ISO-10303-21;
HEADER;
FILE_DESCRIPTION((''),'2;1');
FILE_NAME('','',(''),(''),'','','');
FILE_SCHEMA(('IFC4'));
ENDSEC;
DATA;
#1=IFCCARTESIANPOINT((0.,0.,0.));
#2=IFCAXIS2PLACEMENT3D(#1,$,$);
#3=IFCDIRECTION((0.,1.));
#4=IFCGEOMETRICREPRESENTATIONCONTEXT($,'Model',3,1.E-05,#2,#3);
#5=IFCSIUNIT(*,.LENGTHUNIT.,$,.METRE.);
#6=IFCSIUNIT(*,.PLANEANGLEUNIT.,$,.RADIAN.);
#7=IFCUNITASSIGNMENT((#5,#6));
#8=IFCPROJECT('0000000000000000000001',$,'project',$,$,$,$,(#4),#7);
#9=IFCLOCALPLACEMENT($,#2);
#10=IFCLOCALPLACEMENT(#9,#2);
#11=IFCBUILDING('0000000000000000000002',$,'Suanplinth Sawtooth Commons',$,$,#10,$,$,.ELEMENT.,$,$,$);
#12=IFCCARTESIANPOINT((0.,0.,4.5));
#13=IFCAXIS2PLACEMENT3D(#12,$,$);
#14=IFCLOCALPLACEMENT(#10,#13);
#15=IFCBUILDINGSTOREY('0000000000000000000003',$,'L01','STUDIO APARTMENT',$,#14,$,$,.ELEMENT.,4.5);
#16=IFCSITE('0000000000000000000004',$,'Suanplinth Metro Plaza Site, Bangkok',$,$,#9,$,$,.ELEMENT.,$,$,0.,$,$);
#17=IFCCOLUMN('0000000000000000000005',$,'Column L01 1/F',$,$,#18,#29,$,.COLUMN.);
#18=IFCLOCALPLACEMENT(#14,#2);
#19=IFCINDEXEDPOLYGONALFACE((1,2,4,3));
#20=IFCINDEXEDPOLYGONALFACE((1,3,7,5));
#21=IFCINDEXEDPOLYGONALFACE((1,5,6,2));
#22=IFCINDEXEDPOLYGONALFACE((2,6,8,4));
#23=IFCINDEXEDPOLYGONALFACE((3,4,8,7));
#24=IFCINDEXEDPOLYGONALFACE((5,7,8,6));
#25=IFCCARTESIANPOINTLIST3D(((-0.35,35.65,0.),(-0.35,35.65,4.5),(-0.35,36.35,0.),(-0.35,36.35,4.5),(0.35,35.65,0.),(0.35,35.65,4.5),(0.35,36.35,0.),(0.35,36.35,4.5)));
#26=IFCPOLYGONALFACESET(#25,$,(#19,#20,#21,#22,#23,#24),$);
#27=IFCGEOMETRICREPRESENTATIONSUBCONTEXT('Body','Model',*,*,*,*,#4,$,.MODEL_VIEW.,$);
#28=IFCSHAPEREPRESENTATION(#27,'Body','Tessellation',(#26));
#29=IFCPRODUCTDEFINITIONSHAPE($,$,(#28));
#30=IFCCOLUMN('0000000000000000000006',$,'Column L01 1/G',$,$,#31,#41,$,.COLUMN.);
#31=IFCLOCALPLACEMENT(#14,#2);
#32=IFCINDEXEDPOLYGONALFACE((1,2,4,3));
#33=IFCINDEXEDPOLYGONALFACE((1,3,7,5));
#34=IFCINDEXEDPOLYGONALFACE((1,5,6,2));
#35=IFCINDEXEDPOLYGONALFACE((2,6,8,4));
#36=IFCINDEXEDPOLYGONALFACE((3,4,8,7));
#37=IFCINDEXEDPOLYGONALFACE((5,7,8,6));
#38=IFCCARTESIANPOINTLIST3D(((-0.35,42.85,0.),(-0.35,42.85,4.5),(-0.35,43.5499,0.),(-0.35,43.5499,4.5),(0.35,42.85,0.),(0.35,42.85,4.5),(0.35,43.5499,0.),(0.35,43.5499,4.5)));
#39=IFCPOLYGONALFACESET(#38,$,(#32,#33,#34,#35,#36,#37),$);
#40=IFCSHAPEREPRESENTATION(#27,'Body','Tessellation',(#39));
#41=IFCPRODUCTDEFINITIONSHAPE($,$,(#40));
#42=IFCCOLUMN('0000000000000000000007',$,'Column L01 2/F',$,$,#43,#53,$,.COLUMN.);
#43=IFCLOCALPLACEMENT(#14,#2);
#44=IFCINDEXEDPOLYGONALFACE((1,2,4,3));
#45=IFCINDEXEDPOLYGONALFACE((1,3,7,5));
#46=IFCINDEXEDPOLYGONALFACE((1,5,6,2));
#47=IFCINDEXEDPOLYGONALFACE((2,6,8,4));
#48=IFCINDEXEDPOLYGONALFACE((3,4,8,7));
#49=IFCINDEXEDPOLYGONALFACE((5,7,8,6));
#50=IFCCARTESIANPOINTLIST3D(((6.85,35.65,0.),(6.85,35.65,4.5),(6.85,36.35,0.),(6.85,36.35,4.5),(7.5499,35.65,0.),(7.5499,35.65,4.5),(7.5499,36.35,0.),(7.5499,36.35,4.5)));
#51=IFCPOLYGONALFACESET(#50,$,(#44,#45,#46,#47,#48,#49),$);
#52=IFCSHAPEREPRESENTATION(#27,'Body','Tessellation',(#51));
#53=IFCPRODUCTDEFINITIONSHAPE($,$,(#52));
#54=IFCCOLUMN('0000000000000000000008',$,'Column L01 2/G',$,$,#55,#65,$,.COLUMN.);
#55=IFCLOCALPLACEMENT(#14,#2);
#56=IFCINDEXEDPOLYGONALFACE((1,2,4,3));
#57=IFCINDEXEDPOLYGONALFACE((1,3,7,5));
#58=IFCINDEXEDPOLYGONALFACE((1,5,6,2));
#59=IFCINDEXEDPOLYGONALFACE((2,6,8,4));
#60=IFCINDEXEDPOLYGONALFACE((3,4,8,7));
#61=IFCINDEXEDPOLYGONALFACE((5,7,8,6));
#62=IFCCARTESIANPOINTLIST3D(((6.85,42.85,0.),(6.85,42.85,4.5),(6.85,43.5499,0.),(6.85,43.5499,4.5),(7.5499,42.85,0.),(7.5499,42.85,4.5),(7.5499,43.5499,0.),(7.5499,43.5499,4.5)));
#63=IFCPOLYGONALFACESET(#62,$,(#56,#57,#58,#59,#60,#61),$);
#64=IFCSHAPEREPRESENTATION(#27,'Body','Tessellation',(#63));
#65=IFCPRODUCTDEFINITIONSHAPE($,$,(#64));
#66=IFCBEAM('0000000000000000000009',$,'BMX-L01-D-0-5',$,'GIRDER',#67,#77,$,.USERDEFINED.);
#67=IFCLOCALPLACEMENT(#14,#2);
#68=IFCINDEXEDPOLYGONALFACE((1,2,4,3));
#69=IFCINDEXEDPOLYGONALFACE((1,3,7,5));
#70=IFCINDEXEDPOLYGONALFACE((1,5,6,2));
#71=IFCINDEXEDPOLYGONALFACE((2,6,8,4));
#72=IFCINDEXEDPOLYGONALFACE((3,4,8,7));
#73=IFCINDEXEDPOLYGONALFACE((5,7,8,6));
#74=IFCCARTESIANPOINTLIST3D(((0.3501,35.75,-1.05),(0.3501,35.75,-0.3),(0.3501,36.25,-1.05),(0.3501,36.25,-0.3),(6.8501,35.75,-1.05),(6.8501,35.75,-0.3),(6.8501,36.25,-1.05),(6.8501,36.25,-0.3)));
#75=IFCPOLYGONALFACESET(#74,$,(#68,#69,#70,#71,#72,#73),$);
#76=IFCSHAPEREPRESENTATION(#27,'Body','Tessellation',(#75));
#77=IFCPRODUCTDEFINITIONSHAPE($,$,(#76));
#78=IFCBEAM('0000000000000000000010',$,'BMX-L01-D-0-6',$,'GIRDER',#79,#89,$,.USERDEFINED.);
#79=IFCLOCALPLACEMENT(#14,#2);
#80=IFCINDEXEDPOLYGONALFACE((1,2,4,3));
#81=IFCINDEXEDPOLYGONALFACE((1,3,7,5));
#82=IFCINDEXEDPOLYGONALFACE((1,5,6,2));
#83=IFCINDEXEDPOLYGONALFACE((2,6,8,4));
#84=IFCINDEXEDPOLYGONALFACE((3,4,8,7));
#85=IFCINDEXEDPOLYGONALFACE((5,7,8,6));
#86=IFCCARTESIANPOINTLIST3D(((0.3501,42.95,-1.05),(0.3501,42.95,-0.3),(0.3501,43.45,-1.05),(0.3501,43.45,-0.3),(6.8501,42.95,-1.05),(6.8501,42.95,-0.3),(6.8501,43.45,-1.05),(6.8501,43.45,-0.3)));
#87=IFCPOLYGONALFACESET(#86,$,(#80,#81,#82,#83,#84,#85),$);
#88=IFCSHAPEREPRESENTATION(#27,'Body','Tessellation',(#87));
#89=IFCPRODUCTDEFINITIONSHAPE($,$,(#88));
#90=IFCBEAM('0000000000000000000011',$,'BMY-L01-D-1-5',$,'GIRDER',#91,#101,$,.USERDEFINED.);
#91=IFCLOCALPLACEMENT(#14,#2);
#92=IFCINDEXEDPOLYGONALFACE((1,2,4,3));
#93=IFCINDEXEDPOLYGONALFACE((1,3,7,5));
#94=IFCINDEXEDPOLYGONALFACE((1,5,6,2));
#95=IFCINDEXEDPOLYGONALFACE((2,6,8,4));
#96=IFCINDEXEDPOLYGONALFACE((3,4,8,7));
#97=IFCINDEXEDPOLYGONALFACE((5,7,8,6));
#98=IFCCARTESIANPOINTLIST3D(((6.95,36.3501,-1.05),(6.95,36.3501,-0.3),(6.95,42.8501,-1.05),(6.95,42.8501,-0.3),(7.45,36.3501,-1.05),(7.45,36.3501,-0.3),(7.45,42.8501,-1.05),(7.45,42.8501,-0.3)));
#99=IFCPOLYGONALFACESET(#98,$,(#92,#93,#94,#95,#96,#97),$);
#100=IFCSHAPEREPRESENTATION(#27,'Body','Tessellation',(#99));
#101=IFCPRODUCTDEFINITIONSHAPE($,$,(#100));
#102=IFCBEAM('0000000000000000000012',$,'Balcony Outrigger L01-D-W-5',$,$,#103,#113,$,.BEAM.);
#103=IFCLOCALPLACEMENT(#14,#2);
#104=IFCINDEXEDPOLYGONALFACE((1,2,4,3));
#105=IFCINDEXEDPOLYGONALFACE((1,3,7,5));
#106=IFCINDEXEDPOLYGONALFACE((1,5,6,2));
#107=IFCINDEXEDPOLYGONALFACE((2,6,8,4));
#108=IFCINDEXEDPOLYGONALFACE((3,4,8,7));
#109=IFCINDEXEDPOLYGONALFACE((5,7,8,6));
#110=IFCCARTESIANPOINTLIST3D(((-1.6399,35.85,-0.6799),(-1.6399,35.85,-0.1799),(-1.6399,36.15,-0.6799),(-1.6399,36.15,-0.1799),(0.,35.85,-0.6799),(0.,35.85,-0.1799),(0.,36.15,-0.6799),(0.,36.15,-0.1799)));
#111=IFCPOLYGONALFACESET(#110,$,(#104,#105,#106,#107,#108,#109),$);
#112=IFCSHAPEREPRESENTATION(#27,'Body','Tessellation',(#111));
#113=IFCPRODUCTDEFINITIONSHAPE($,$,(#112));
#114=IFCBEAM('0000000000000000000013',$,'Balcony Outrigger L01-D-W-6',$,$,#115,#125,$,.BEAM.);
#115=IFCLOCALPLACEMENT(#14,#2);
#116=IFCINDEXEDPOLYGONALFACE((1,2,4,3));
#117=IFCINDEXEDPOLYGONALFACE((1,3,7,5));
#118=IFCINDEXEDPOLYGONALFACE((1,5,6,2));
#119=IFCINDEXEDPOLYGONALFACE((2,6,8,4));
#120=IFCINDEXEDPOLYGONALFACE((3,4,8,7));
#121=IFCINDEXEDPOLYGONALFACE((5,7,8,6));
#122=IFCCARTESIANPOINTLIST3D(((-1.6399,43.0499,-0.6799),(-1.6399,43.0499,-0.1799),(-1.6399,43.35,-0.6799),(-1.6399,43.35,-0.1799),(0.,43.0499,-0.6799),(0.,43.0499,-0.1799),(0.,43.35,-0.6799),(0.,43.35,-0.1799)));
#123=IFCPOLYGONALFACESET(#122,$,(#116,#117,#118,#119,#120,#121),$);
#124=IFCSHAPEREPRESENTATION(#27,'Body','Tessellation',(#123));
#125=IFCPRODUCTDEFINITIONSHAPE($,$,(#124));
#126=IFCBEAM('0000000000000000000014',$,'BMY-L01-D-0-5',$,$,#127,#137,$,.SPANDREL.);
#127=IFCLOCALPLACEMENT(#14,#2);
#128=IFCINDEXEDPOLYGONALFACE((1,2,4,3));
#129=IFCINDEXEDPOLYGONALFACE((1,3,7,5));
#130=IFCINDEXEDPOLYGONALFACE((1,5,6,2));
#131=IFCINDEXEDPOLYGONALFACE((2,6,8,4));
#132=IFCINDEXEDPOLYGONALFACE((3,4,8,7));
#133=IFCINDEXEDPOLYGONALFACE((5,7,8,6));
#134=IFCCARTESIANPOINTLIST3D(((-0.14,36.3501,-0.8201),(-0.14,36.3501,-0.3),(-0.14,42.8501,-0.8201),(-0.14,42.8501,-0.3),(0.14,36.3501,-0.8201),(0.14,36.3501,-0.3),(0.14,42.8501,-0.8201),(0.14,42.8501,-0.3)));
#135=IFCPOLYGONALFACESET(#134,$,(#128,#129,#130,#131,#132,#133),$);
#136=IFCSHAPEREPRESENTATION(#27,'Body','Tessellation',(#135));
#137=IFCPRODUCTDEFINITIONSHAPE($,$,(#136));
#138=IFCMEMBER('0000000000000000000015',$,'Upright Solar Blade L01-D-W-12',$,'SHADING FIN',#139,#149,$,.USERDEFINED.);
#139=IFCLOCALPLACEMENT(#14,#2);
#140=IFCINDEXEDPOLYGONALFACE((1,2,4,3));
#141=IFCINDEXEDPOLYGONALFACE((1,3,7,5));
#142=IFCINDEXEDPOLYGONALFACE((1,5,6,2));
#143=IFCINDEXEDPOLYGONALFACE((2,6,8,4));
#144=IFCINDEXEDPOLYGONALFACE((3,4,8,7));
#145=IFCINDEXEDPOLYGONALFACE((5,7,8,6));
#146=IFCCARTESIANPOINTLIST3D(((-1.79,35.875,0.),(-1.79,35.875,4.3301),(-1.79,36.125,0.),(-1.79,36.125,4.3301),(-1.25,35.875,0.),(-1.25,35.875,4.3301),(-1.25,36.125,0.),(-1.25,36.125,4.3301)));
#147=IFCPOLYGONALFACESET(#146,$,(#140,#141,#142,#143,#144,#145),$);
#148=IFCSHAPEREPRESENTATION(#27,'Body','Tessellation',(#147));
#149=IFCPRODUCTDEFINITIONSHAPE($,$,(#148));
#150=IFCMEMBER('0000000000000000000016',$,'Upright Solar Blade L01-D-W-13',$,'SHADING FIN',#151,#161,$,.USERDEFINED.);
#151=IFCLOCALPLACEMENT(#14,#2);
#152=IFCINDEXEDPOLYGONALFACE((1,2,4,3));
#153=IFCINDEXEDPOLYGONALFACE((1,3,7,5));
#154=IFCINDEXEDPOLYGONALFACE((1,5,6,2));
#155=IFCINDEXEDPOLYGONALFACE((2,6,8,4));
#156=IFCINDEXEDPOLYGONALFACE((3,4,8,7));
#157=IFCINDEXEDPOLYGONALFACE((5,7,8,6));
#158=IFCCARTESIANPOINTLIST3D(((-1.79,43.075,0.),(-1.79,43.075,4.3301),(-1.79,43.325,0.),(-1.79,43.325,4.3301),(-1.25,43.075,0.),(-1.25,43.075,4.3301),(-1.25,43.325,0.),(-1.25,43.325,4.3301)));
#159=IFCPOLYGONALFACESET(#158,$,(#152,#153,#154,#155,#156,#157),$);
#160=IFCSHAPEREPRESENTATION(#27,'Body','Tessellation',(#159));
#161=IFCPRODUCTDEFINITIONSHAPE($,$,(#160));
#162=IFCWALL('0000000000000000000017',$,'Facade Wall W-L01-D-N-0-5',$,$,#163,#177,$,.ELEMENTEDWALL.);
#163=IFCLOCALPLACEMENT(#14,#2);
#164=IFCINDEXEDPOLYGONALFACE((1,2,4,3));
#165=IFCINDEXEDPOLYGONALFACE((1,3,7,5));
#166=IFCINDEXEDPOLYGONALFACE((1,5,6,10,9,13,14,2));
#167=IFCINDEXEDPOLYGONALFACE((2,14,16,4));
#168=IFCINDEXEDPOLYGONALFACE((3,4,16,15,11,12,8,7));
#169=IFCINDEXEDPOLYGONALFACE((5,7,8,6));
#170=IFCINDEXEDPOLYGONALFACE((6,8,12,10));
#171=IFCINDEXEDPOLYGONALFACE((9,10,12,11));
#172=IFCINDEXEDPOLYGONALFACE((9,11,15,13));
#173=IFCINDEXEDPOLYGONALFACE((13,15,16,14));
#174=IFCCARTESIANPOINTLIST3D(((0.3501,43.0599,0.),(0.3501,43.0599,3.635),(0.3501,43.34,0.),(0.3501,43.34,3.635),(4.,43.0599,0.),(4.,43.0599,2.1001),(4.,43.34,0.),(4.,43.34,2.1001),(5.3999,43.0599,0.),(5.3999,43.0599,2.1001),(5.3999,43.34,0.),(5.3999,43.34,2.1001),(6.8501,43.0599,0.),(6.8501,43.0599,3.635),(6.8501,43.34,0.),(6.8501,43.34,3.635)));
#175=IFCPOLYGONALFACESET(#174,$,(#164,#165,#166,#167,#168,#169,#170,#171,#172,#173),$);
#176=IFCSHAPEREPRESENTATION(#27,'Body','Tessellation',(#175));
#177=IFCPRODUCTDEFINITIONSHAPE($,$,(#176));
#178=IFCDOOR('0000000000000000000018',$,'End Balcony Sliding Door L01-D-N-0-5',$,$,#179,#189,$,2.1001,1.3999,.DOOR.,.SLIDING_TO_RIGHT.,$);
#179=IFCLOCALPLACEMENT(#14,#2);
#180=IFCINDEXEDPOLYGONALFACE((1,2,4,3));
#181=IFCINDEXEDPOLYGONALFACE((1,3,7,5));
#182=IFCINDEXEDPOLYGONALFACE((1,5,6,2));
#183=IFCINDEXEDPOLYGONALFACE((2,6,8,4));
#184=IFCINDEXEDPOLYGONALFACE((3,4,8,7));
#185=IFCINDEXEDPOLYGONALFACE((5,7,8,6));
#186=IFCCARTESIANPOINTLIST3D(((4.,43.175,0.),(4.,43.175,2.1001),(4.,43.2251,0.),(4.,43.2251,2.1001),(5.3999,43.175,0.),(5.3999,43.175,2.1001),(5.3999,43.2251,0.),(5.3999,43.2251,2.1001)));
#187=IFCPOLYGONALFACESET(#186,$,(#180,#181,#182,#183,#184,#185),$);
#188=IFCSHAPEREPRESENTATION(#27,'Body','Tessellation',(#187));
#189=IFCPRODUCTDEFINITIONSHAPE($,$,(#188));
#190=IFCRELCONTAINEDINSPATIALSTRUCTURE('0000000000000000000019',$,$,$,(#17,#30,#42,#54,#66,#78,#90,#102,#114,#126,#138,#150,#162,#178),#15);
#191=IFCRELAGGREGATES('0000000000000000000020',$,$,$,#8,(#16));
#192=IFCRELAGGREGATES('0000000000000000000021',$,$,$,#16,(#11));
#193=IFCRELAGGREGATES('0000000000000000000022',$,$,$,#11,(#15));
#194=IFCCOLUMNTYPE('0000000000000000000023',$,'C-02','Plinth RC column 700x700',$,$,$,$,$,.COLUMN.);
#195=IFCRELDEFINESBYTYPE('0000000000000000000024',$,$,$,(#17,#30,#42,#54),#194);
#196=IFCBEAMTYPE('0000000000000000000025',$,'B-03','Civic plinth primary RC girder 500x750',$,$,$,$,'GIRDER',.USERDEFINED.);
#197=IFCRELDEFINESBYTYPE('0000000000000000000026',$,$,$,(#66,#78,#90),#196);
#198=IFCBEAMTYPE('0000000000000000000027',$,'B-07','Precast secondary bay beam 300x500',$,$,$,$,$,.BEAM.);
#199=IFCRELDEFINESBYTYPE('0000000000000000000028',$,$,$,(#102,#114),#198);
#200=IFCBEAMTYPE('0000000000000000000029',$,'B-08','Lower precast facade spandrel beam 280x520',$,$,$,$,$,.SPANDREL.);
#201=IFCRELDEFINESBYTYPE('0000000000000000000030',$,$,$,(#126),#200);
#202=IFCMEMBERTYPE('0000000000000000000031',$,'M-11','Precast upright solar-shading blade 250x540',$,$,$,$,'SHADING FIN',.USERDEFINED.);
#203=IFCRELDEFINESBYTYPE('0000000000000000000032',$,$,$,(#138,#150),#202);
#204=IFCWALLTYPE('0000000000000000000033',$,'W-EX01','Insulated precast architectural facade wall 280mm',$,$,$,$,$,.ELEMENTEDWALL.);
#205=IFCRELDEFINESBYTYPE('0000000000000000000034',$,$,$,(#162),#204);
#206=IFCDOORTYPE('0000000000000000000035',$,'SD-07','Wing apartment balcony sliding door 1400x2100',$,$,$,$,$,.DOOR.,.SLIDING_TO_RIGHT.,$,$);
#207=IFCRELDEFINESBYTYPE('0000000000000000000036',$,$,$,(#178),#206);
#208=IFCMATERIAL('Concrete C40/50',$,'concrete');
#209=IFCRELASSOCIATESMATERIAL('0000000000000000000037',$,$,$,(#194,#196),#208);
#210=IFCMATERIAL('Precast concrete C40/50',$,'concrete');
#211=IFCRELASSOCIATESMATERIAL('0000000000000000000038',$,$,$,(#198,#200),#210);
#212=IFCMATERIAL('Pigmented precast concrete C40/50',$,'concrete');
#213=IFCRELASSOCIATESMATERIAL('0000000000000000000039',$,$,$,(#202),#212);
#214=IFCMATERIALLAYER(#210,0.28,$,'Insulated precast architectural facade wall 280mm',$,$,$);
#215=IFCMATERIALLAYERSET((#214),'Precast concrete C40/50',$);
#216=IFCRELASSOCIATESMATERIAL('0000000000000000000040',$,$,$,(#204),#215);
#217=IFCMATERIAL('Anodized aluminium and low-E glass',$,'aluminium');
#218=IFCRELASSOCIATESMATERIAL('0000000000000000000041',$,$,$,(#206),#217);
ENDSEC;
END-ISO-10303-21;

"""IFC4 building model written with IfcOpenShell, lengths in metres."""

from ifc_helpers import new_model, si_unit, direction, frame, frame_2d, origin, origin_2d, place, context, subcontext, project, spatial, rectangle, extrude, material, layer, layer_set, material_profile, profile_set, type_object, element, fill, save


model = new_model("IFC4")

# Units and contexts
model_context = context("Model", 3, precision=1e-05, world=origin(), true_north=direction((0.0, 1.0)))
body_context = subcontext(model_context, "Body", "Model", "MODEL_VIEW")
ifc_project = project(units=[si_unit("LENGTHUNIT", "METRE"), si_unit("PLANEANGLEUNIT", "RADIAN")], contexts=[model_context])

# Site, building, storey
site_placement = place(None, origin())
site = spatial("IfcSite", under=ifc_project, at=site_placement, Name="Suanplinth Metro Plaza Site, Bangkok", CompositionType="ELEMENT", RefElevation=0.0)
building_placement = place(site_placement, origin())
building = spatial("IfcBuilding", under=site, at=building_placement, Name="Suanplinth Sawtooth Commons", CompositionType="ELEMENT")
storey_placement = place(building_placement, frame((0.0, 0.0, 4.5)))
storey = spatial("IfcBuildingStorey", under=building, at=storey_placement, Name="L01", Description="STUDIO APARTMENT", CompositionType="ELEMENT", Elevation=4.5)

# Columns
ifc_material_1 = material(Name="Concrete C40/50", Category="concrete")
ifc_material_profile_1 = material_profile(ifc_material_1, rectangle(XDim=0.7, YDim=0.7, at=origin_2d()), Name="RC-COL 700x700")
ifc_profile_set_1 = profile_set([ifc_material_profile_1], Name="Concrete C40/50")
column_type = type_object("IfcColumnType", Name="C-02", Description="Plinth RC column 700x700", PredefinedType="COLUMN", material=ifc_profile_set_1)
for number, where, z_axis, x_axis, name in (
    (1, (0.0, 36.0, 0.0), (0.0, 0.0, 1.0), (1.0, 0.0, 0.0), "Column L01 1/F"),
    (2, (0.0, 43.2, 0.0), (0.0, 0.0, 1.0), (1.0, 0.0, 0.0), "Column L01 1/G"),
    (3, (7.2, 36.0, 0.0), (0.0, 0.0, 1.0), (1.0, 0.0, 0.0), "Column L01 2/F"),
    (4, (7.2, 43.2, 0.0), (0.0, 0.0, 1.0), (1.0, 0.0, 0.0), "Column L01 2/G"),
):
    element("IfcColumn", number, at=place(storey_placement, frame(where, z_axis=z_axis, x_axis=x_axis)), inside=storey, type_object=column_type, Name=name, PredefinedType="COLUMN", context=body_context, shape_type="SweptSolid", body=[
        extrude(rectangle(XDim=0.7, YDim=0.7, at=origin_2d()), origin(), (0.0, 0.0, 1.0), 4.5),
    ])

# Beams
ifc_material_profile_2 = material_profile(ifc_material_1, rectangle(XDim=0.5, YDim=0.75, at=origin_2d()), Name="RC-GDR 500x750")
ifc_profile_set_2 = profile_set([ifc_material_profile_2], Name="Concrete C40/50")
beam_type_1 = type_object("IfcBeamType", Name="B-03", Description="Civic plinth primary RC girder 500x750", ElementType="GIRDER", PredefinedType="USERDEFINED", material=ifc_profile_set_2)
for number, where, z_axis, x_axis, name in (
    (5, (0.3501, 36.0, -0.675), (1.0, 0.0, 0.0), (0.0, 1.0, 0.0), "BMX-L01-D-0-5"),
    (6, (0.3501, 43.2, -0.675), (1.0, 0.0, 0.0), (0.0, 1.0, 0.0), "BMX-L01-D-0-6"),
    (7, (7.2, 36.3501, -0.675), (0.0, 1.0, 0.0), (-1.0, 0.0, 0.0), "BMY-L01-D-1-5"),
):
    element("IfcBeam", number, at=place(storey_placement, frame(where, z_axis=z_axis, x_axis=x_axis)), inside=storey, type_object=beam_type_1, Name=name, ObjectType="GIRDER", PredefinedType="USERDEFINED", context=body_context, shape_type="SweptSolid", body=[
        extrude(rectangle(XDim=0.5, YDim=0.75, at=origin_2d()), origin(), (0.0, 0.0, 1.0), 6.5),
    ])
ifc_material_2 = material(Name="Precast concrete C40/50", Category="concrete")
ifc_material_profile_3 = material_profile(ifc_material_2, rectangle(XDim=0.3, YDim=0.5, at=origin_2d()), Name="PC-BM 300x500")
ifc_profile_set_3 = profile_set([ifc_material_profile_3], Name="Precast concrete C40/50")
beam_type_2 = type_object("IfcBeamType", Name="B-07", Description="Precast secondary bay beam 300x500", PredefinedType="BEAM", material=ifc_profile_set_3)
for number, where, z_axis, x_axis, name in (
    (8, (0.0, 36.0, -0.4299), (-1.0, 0.0, 0.0), (0.0, -1.0, 0.0), "Balcony Outrigger L01-D-W-5"),
    (9, (0.0, 43.2, -0.4299), (-1.0, 0.0, 0.0), (0.0, -1.0, 0.0), "Balcony Outrigger L01-D-W-6"),
):
    element("IfcBeam", number, at=place(storey_placement, frame(where, z_axis=z_axis, x_axis=x_axis)), inside=storey, type_object=beam_type_2, Name=name, PredefinedType="BEAM", context=body_context, shape_type="SweptSolid", body=[
        extrude(rectangle(XDim=0.3, YDim=0.5, at=origin_2d()), origin(), (0.0, 0.0, 1.0), 1.6399),
    ])
ifc_material_profile_4 = material_profile(ifc_material_2, rectangle(XDim=0.28, YDim=0.52, at=origin_2d()), Name="PC-SP 280x520")
ifc_profile_set_4 = profile_set([ifc_material_profile_4], Name="Precast concrete C40/50")
beam_type_3 = type_object("IfcBeamType", Name="B-08", Description="Lower precast facade spandrel beam 280x520", PredefinedType="SPANDREL", material=ifc_profile_set_4)
beam_placement = place(storey_placement, frame((0.0, 36.3501, -0.5601), z_axis=(0.0, 1.0, 0.0), x_axis=(-1.0, 0.0, 0.0)))
element("IfcBeam", 10, at=beam_placement, inside=storey, type_object=beam_type_3, Name="BMY-L01-D-0-5", PredefinedType="SPANDREL", context=body_context, shape_type="SweptSolid", body=[
    extrude(rectangle(XDim=0.28, YDim=0.52, at=origin_2d()), origin(), (0.0, 0.0, 1.0), 6.5),
])

# Members
ifc_material_3 = material(Name="Pigmented precast concrete C40/50", Category="concrete")
ifc_material_profile_5 = material_profile(ifc_material_3, rectangle(XDim=0.25, YDim=0.54, at=origin_2d()), Name="PC-FIN 250x540")
ifc_profile_set_5 = profile_set([ifc_material_profile_5], Name="Pigmented precast concrete C40/50")
member_type = type_object("IfcMemberType", Name="M-11", Description="Precast upright solar-shading blade 250x540", ElementType="SHADING FIN", PredefinedType="USERDEFINED", material=ifc_profile_set_5)
for number, where, z_axis, x_axis, name in (
    (11, (-1.52, 36.0, 0.0), (0.0, 0.0, 1.0), (0.0, 1.0, 0.0), "Upright Solar Blade L01-D-W-12"),
    (12, (-1.52, 43.2, 0.0), (0.0, 0.0, 1.0), (0.0, 1.0, 0.0), "Upright Solar Blade L01-D-W-13"),
):
    element("IfcMember", number, at=place(storey_placement, frame(where, z_axis=z_axis, x_axis=x_axis)), inside=storey, type_object=member_type, Name=name, ObjectType="SHADING FIN", PredefinedType="USERDEFINED", context=body_context, shape_type="SweptSolid", body=[
        extrude(rectangle(XDim=0.25, YDim=0.54, at=origin_2d()), origin(), (0.0, 0.0, 1.0), 4.3301),
    ])

# Wall, opening, door
ifc_layer_1 = layer(ifc_material_2, 0.28, Name="Insulated precast architectural facade wall 280mm")
ifc_layer_set_1 = layer_set([ifc_layer_1], Name="Precast concrete C40/50")
wall_type_1 = type_object("IfcWallType", Name="W-EX01", Description="Insulated precast architectural facade wall 280mm", PredefinedType="ELEMENTEDWALL", material=ifc_layer_set_1)
wall_1_placement = place(storey_placement, frame((0.3501, 43.2, 0.0), z_axis=(0.0, 0.0, 1.0), x_axis=(1.0, 0.0, 0.0)))
wall_1 = element("IfcWall", 13, at=wall_1_placement, inside=storey, type_object=wall_type_1, Name="Facade Wall W-L01-D-N-0-5", PredefinedType="ELEMENTEDWALL", context=body_context, shape_type="SweptSolid", body=[
    extrude(rectangle(XDim=6.5, YDim=0.28, at=frame_2d((3.25, 0.0))), origin(), (0.0, 0.0, 1.0), 3.635),
])
opening_1_placement = place(wall_1_placement, frame((3.6499, 0.0, 0.0)))
opening_1 = element("IfcOpeningElement", 14, at=opening_1_placement, cuts=wall_1, PredefinedType="OPENING", context=body_context, shape_type="SweptSolid", body=[
    extrude(rectangle(XDim=1.3999, YDim=2.1001, at=frame_2d((0.7, 1.05))), frame((0.0, 0.1548, 0.0), z_axis=(0.0, -1.0, 0.0), x_axis=(1.0, 0.0, 0.0)), (0.0, 0.0, 1.0), 0.3098),
])
ifc_material_4 = material(Name="Anodized aluminium and low-E glass", Category="aluminium")
door_type_1 = type_object("IfcDoorType", Name="SD-07", Description="Wing apartment balcony sliding door 1400x2100", OperationType="SLIDING_TO_RIGHT", PredefinedType="DOOR", material=ifc_material_4)
door_1_placement = place(opening_1_placement, frame((1.3999, 0.0, 0.0), z_axis=(0.0, 0.0, 1.0), x_axis=(-1.0, 0.0, 0.0)))
door_1 = element("IfcDoor", 15, at=door_1_placement, inside=storey, type_object=door_type_1, Name="End Balcony Sliding Door L01-D-N-0-5", OperationType="SLIDING_TO_RIGHT", OverallHeight=2.1001, OverallWidth=1.3999, PredefinedType="DOOR", context=body_context, shape_type="SweptSolid", body=[
    extrude(rectangle(XDim=1.3999, YDim=2.1001, at=frame_2d((0.7, 1.05))), frame((0.0, 0.0249, 0.0), z_axis=(0.0, -1.0, 0.0), x_axis=(1.0, 0.0, 0.0)), (0.0, 0.0, 1.0), 0.05),
])
fill(opening_1, door_1)

save(model, "model.ifc")
